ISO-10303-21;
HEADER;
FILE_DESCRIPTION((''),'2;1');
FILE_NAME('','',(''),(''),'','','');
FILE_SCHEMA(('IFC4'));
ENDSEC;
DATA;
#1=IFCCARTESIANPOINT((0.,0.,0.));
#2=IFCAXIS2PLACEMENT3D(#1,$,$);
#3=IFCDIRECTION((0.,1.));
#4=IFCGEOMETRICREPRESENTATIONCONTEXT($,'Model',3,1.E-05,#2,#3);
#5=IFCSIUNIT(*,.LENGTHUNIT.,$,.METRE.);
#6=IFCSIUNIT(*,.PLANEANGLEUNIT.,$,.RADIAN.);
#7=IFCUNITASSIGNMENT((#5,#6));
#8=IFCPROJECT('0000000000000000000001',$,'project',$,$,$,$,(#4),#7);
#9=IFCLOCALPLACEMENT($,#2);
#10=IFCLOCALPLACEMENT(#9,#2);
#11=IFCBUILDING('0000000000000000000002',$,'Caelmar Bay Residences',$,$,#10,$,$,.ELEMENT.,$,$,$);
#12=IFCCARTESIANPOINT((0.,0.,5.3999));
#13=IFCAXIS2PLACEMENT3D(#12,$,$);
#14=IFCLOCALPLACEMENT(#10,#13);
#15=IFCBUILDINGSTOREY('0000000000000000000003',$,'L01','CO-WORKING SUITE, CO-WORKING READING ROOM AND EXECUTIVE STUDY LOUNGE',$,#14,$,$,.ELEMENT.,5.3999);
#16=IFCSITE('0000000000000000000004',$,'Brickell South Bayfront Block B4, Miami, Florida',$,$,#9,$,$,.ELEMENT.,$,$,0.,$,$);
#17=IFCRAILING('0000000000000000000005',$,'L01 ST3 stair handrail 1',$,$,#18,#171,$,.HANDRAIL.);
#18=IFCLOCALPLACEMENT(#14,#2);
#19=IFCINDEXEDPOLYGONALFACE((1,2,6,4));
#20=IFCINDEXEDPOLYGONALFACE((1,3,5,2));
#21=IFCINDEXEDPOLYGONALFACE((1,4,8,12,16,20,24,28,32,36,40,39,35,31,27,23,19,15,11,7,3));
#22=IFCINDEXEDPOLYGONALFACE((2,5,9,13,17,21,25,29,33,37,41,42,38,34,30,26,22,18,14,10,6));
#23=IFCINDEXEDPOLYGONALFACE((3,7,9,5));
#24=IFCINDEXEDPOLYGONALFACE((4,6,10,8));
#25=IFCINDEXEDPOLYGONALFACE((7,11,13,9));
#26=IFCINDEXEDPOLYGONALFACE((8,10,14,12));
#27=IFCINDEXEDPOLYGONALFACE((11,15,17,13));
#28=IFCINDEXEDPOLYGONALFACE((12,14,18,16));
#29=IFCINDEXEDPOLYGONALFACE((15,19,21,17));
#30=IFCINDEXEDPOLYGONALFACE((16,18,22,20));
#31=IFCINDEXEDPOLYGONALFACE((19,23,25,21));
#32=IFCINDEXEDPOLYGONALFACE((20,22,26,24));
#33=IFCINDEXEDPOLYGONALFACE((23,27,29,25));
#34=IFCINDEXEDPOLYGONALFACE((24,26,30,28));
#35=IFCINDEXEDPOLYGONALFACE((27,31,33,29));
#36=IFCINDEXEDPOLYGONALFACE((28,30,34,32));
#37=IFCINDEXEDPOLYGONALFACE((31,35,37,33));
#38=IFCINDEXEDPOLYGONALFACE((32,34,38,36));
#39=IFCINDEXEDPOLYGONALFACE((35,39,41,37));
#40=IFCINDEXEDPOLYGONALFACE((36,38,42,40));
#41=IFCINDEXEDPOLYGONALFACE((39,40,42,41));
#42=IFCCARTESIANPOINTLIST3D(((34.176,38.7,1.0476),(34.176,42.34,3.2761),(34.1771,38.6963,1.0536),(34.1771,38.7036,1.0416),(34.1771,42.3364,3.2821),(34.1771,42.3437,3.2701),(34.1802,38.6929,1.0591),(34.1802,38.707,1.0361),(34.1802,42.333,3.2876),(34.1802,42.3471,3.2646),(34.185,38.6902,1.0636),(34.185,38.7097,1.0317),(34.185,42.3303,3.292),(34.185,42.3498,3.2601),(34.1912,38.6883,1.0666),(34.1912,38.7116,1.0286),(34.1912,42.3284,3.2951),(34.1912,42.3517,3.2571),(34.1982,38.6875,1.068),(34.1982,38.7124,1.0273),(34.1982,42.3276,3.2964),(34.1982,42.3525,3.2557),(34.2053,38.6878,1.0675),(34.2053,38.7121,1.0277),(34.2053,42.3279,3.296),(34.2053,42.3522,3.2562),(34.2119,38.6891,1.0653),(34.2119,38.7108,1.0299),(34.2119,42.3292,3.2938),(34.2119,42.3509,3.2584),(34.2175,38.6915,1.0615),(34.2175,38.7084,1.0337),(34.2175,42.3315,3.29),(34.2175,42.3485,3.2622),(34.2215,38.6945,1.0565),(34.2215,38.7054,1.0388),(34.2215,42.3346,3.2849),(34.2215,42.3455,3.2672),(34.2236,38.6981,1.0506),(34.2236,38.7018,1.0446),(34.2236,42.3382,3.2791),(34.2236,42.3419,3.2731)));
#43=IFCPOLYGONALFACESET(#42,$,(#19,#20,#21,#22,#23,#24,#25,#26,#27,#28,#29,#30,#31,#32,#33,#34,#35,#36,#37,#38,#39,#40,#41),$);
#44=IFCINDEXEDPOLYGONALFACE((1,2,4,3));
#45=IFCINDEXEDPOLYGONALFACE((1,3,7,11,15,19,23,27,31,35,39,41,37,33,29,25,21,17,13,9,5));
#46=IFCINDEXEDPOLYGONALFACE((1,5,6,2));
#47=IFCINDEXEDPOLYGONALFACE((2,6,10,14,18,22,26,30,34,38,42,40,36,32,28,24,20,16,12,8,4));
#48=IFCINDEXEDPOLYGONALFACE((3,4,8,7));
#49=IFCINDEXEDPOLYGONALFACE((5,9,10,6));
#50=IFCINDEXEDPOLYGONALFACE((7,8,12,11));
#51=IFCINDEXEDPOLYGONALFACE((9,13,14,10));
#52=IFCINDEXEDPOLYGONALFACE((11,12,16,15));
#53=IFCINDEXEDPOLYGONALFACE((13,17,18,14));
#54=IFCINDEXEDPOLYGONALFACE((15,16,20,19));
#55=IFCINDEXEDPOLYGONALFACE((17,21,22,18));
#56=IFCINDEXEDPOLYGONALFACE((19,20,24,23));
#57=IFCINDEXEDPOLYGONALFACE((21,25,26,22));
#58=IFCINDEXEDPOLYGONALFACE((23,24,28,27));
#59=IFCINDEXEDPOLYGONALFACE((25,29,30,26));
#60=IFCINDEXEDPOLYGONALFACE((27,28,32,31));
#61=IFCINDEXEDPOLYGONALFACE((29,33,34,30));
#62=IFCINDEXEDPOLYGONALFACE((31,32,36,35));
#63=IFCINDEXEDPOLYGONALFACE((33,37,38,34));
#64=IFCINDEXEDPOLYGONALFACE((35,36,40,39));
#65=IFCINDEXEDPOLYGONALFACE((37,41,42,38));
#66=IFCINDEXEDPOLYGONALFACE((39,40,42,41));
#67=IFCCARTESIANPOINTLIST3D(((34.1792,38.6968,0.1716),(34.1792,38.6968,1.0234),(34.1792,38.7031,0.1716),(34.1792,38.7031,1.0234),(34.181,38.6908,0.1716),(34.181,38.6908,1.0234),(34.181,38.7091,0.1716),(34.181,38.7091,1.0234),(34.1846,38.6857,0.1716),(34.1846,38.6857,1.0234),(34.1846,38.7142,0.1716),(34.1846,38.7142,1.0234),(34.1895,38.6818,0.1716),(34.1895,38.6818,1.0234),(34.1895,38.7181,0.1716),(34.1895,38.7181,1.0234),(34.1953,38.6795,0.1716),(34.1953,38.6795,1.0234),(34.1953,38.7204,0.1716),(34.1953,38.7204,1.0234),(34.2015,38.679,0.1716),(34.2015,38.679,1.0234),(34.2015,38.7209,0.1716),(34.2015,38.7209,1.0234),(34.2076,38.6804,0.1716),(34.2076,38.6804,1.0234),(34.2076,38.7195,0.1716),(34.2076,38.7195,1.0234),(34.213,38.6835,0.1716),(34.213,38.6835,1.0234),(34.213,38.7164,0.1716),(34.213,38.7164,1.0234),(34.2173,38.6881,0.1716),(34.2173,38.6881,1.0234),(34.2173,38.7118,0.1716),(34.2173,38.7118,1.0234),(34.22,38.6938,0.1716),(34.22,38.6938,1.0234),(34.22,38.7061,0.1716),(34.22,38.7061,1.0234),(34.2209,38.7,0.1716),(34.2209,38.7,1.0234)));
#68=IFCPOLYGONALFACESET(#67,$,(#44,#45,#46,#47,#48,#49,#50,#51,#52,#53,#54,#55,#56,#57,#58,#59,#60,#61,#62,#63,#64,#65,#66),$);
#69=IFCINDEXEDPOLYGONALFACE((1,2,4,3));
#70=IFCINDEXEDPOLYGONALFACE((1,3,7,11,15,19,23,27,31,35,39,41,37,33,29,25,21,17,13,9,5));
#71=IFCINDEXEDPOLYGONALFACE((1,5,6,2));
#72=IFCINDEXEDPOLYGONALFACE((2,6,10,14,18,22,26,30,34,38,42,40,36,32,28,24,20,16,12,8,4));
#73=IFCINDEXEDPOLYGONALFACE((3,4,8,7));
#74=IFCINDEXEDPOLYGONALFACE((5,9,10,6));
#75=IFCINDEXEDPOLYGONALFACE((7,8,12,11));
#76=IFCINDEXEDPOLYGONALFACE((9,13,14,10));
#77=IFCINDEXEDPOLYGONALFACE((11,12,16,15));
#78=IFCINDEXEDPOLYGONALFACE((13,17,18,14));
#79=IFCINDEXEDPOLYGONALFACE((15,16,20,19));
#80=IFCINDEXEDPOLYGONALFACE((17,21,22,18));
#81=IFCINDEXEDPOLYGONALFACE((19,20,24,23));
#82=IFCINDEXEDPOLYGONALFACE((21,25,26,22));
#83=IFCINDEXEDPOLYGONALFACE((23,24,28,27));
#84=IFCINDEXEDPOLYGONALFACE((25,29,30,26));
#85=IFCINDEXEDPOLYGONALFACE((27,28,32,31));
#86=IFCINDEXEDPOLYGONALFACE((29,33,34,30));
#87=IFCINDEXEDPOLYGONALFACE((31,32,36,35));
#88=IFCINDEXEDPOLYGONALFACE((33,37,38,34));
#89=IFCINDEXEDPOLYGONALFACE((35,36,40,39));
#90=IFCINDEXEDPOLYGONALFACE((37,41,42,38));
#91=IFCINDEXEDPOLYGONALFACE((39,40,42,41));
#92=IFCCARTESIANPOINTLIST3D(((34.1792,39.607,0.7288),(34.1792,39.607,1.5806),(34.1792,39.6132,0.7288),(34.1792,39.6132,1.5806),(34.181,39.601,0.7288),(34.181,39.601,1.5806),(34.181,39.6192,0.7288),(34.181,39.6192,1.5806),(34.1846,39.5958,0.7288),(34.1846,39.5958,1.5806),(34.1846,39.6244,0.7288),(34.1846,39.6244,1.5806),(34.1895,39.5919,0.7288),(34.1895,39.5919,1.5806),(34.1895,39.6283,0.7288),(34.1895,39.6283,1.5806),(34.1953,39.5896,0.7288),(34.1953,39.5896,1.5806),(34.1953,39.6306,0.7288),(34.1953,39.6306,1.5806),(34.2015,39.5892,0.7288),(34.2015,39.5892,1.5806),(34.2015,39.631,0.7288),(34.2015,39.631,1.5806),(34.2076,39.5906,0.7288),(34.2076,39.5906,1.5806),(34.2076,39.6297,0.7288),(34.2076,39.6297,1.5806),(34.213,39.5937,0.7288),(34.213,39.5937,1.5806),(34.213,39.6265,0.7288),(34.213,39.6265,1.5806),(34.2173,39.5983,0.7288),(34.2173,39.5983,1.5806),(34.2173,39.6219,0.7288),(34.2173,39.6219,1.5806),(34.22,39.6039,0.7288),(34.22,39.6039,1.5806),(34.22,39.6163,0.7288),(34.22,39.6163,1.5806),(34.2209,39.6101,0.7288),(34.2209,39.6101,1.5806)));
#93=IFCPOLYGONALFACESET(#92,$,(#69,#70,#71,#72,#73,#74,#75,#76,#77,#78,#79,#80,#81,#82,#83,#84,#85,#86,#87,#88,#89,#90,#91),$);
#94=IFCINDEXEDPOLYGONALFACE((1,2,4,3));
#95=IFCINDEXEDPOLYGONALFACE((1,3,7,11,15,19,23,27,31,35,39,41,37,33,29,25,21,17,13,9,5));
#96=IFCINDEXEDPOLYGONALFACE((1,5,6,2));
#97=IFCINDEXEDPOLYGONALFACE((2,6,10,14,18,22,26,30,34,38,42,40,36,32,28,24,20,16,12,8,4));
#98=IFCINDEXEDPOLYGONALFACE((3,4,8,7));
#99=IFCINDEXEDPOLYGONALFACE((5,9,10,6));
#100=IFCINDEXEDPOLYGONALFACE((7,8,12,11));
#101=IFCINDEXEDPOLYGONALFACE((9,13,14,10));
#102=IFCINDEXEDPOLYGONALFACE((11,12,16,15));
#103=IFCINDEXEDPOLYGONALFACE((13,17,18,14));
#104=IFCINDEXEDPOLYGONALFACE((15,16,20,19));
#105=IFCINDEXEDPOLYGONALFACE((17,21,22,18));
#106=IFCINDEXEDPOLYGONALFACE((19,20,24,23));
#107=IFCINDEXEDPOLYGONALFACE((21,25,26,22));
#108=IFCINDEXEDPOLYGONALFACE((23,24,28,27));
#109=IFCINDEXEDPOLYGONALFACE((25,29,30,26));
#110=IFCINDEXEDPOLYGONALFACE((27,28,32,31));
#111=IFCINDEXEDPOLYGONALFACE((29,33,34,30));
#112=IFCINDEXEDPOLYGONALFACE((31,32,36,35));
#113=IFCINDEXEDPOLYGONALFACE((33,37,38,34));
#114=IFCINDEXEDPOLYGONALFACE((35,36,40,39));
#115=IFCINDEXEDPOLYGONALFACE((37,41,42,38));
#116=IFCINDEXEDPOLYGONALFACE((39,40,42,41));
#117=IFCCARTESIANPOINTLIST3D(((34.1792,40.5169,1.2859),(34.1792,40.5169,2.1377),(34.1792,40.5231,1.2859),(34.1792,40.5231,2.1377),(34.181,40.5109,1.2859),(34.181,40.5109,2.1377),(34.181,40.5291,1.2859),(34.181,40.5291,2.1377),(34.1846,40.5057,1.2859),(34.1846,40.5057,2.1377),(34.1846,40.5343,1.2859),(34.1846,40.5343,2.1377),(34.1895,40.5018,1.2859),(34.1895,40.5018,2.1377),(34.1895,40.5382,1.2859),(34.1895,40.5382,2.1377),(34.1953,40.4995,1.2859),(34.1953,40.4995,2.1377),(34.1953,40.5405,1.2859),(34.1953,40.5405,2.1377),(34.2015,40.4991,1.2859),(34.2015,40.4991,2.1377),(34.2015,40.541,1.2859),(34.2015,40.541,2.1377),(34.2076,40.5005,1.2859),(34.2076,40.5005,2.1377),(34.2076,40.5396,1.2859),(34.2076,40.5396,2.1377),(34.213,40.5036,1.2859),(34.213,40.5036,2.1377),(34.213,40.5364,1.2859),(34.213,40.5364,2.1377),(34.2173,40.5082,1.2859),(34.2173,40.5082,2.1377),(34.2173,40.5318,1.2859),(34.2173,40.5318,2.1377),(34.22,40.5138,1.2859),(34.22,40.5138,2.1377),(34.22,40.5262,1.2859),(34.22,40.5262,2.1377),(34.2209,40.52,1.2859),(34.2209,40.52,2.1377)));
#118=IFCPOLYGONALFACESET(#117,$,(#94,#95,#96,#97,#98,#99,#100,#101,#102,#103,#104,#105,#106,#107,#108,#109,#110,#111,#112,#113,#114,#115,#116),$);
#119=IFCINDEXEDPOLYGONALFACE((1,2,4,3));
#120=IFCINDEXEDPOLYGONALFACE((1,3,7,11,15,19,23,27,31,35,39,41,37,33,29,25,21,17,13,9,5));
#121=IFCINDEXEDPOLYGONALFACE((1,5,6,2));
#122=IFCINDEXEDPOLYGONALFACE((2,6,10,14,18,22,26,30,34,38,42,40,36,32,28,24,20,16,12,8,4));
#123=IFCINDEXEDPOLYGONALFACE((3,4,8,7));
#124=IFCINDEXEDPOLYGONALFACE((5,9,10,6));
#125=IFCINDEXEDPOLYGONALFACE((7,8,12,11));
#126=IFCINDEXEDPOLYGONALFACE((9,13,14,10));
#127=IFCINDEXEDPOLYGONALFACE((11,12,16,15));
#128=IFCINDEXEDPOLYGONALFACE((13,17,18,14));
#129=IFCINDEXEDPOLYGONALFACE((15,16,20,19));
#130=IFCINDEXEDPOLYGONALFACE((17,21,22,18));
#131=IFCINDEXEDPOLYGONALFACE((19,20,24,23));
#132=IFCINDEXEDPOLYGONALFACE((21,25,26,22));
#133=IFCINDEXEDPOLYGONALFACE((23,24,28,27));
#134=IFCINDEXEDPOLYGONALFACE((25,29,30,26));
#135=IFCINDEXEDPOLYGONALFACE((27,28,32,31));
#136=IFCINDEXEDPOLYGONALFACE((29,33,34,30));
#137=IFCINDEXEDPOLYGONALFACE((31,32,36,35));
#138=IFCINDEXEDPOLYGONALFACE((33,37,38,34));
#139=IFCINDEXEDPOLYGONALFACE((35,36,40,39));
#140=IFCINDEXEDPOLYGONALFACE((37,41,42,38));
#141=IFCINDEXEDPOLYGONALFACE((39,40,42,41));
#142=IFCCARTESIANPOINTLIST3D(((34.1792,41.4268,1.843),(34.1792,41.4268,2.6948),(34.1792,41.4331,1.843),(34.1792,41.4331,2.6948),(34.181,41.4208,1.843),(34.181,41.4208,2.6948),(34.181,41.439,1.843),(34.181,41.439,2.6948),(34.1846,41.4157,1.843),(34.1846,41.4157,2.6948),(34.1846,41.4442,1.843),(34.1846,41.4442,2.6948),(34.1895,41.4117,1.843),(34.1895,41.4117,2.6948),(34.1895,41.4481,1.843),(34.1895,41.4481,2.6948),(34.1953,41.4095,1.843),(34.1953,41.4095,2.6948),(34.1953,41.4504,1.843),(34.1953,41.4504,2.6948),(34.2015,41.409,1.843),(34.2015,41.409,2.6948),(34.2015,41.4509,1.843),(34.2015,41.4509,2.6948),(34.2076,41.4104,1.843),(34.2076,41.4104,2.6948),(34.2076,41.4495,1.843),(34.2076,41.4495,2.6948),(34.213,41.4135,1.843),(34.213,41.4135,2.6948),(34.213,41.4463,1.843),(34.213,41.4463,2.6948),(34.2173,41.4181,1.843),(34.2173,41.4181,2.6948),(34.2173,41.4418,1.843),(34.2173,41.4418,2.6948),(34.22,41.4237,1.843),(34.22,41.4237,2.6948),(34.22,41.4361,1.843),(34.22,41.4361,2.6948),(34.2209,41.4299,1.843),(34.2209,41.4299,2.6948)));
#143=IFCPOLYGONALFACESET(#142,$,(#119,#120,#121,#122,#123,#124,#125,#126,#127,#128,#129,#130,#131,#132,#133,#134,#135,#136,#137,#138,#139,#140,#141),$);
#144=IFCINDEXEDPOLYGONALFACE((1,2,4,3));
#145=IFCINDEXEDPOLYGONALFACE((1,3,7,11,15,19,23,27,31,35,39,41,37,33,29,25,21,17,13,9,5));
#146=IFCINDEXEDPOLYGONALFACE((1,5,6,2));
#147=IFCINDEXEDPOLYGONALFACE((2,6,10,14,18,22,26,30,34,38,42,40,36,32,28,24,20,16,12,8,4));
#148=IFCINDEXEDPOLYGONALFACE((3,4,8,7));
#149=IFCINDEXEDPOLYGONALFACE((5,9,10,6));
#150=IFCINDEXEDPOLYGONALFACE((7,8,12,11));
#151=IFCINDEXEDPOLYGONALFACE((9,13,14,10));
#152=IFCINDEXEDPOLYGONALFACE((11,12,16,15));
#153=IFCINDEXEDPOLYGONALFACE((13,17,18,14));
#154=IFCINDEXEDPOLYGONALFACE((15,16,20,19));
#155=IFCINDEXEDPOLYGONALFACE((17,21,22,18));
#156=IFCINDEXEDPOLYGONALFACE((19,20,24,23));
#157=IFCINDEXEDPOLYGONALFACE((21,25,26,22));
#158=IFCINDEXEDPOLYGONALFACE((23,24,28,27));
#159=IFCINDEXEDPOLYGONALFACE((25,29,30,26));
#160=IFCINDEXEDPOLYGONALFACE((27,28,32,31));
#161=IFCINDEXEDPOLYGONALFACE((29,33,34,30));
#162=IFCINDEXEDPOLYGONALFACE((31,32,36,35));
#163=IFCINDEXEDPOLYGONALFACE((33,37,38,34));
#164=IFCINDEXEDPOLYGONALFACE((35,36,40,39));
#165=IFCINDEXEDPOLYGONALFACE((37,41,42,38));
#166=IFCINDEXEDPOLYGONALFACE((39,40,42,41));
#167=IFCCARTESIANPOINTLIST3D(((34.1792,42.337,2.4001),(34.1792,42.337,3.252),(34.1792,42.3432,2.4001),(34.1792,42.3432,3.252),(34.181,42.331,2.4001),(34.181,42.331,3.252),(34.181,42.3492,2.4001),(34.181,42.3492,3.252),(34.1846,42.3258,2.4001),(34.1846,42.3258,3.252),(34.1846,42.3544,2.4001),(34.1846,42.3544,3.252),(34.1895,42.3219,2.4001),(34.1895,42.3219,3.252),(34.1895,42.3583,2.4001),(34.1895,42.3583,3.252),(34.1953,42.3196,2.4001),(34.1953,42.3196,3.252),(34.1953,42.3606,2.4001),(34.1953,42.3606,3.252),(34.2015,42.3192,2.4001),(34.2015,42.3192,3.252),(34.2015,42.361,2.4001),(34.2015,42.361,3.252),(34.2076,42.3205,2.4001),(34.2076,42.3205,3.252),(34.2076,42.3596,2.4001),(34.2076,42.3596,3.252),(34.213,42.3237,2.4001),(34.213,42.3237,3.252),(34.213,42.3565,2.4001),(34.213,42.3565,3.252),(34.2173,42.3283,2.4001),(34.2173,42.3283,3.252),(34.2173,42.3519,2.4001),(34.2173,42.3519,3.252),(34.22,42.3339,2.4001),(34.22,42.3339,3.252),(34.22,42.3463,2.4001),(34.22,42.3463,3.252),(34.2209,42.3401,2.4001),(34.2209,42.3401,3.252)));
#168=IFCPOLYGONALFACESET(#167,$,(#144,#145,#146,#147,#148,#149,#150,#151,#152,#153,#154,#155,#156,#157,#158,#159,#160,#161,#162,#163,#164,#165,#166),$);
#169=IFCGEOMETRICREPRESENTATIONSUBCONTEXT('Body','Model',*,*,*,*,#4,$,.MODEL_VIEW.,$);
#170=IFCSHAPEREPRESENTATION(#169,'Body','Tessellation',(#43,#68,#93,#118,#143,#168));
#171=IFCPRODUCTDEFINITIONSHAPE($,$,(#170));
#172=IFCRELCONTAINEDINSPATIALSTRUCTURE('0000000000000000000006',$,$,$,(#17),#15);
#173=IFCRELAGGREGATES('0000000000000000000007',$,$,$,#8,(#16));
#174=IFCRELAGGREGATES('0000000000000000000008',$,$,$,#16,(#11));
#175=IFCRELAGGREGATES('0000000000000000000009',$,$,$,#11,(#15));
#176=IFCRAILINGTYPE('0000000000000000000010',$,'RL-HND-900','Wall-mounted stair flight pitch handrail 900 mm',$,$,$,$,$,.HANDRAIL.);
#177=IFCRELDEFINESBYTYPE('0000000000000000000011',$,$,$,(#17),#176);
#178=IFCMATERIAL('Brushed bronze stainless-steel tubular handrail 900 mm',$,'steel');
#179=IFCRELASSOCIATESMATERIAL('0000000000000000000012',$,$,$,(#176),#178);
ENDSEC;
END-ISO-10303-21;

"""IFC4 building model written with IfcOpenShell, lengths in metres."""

from ifc_helpers import new_model, si_unit, direction, frame, origin, origin_2d, place, context, subcontext, project, spatial, circle, extrude, material, type_object, element, save


model = new_model("IFC4")

# Units and contexts
model_context = context("Model", 3, precision=1e-05, world=origin(), true_north=direction((0.0, 1.0)))
body_context = subcontext(model_context, "Body", "Model", "MODEL_VIEW")
ifc_project = project(units=[si_unit("LENGTHUNIT", "METRE"), si_unit("PLANEANGLEUNIT", "RADIAN")], contexts=[model_context])

# Site, building, storey
site_placement = place(None, origin())
site = spatial("IfcSite", under=ifc_project, at=site_placement, Name="Brickell South Bayfront Block B4, Miami, Florida", CompositionType="ELEMENT", RefElevation=0.0)
building_placement = place(site_placement, origin())
building = spatial("IfcBuilding", under=site, at=building_placement, Name="Caelmar Bay Residences", CompositionType="ELEMENT")
storey_placement = place(building_placement, frame((0.0, 0.0, 5.3999)))
storey = spatial("IfcBuildingStorey", under=building, at=storey_placement, Name="L01", Description="CO-WORKING SUITE, CO-WORKING READING ROOM AND EXECUTIVE STUDY LOUNGE", CompositionType="ELEMENT", Elevation=5.3999)

# Railing
ifc_material_1 = material(Name="Brushed bronze stainless-steel tubular handrail 900 mm", Category="steel")
railing_type_1 = type_object("IfcRailingType", Name="RL-HND-900", Description="Wall-mounted stair flight pitch handrail 900 mm", PredefinedType="HANDRAIL", material=ifc_material_1)
railing_1_placement = place(storey_placement, frame((34.2, 38.7, 0.1716)))
element("IfcRailing", 1, at=railing_1_placement, inside=storey, type_object=railing_type_1, Name="L01 ST3 stair handrail 1", PredefinedType="HANDRAIL", context=body_context, shape_type="SweptSolid", body=[
    extrude(circle(Radius=0.0239, at=origin_2d()), frame((0.0, 0.0, 0.876), z_axis=(0.0, 0.852866, 0.52213), x_axis=(-1.0, 0.0, 0.0)), (0.0, 0.0, 1.0), 4.2681),
    extrude(circle(Radius=0.021, at=origin_2d()), origin(), (0.0, 0.0, 1.0), 0.8518),
    extrude(circle(Radius=0.021, at=origin_2d()), frame((0.0, 0.9102, 0.5571)), (0.0, 0.0, 1.0), 0.8518),
    extrude(circle(Radius=0.021, at=origin_2d()), frame((0.0, 1.8201, 1.1143)), (0.0, 0.0, 1.0), 0.8518),
    extrude(circle(Radius=0.021, at=origin_2d()), frame((0.0, 2.73, 1.6714)), (0.0, 0.0, 1.0), 0.8518),
    extrude(circle(Radius=0.021, at=origin_2d()), frame((0.0, 3.6401, 2.2285)), (0.0, 0.0, 1.0), 0.8518),
])

save(model, "model.ifc")
